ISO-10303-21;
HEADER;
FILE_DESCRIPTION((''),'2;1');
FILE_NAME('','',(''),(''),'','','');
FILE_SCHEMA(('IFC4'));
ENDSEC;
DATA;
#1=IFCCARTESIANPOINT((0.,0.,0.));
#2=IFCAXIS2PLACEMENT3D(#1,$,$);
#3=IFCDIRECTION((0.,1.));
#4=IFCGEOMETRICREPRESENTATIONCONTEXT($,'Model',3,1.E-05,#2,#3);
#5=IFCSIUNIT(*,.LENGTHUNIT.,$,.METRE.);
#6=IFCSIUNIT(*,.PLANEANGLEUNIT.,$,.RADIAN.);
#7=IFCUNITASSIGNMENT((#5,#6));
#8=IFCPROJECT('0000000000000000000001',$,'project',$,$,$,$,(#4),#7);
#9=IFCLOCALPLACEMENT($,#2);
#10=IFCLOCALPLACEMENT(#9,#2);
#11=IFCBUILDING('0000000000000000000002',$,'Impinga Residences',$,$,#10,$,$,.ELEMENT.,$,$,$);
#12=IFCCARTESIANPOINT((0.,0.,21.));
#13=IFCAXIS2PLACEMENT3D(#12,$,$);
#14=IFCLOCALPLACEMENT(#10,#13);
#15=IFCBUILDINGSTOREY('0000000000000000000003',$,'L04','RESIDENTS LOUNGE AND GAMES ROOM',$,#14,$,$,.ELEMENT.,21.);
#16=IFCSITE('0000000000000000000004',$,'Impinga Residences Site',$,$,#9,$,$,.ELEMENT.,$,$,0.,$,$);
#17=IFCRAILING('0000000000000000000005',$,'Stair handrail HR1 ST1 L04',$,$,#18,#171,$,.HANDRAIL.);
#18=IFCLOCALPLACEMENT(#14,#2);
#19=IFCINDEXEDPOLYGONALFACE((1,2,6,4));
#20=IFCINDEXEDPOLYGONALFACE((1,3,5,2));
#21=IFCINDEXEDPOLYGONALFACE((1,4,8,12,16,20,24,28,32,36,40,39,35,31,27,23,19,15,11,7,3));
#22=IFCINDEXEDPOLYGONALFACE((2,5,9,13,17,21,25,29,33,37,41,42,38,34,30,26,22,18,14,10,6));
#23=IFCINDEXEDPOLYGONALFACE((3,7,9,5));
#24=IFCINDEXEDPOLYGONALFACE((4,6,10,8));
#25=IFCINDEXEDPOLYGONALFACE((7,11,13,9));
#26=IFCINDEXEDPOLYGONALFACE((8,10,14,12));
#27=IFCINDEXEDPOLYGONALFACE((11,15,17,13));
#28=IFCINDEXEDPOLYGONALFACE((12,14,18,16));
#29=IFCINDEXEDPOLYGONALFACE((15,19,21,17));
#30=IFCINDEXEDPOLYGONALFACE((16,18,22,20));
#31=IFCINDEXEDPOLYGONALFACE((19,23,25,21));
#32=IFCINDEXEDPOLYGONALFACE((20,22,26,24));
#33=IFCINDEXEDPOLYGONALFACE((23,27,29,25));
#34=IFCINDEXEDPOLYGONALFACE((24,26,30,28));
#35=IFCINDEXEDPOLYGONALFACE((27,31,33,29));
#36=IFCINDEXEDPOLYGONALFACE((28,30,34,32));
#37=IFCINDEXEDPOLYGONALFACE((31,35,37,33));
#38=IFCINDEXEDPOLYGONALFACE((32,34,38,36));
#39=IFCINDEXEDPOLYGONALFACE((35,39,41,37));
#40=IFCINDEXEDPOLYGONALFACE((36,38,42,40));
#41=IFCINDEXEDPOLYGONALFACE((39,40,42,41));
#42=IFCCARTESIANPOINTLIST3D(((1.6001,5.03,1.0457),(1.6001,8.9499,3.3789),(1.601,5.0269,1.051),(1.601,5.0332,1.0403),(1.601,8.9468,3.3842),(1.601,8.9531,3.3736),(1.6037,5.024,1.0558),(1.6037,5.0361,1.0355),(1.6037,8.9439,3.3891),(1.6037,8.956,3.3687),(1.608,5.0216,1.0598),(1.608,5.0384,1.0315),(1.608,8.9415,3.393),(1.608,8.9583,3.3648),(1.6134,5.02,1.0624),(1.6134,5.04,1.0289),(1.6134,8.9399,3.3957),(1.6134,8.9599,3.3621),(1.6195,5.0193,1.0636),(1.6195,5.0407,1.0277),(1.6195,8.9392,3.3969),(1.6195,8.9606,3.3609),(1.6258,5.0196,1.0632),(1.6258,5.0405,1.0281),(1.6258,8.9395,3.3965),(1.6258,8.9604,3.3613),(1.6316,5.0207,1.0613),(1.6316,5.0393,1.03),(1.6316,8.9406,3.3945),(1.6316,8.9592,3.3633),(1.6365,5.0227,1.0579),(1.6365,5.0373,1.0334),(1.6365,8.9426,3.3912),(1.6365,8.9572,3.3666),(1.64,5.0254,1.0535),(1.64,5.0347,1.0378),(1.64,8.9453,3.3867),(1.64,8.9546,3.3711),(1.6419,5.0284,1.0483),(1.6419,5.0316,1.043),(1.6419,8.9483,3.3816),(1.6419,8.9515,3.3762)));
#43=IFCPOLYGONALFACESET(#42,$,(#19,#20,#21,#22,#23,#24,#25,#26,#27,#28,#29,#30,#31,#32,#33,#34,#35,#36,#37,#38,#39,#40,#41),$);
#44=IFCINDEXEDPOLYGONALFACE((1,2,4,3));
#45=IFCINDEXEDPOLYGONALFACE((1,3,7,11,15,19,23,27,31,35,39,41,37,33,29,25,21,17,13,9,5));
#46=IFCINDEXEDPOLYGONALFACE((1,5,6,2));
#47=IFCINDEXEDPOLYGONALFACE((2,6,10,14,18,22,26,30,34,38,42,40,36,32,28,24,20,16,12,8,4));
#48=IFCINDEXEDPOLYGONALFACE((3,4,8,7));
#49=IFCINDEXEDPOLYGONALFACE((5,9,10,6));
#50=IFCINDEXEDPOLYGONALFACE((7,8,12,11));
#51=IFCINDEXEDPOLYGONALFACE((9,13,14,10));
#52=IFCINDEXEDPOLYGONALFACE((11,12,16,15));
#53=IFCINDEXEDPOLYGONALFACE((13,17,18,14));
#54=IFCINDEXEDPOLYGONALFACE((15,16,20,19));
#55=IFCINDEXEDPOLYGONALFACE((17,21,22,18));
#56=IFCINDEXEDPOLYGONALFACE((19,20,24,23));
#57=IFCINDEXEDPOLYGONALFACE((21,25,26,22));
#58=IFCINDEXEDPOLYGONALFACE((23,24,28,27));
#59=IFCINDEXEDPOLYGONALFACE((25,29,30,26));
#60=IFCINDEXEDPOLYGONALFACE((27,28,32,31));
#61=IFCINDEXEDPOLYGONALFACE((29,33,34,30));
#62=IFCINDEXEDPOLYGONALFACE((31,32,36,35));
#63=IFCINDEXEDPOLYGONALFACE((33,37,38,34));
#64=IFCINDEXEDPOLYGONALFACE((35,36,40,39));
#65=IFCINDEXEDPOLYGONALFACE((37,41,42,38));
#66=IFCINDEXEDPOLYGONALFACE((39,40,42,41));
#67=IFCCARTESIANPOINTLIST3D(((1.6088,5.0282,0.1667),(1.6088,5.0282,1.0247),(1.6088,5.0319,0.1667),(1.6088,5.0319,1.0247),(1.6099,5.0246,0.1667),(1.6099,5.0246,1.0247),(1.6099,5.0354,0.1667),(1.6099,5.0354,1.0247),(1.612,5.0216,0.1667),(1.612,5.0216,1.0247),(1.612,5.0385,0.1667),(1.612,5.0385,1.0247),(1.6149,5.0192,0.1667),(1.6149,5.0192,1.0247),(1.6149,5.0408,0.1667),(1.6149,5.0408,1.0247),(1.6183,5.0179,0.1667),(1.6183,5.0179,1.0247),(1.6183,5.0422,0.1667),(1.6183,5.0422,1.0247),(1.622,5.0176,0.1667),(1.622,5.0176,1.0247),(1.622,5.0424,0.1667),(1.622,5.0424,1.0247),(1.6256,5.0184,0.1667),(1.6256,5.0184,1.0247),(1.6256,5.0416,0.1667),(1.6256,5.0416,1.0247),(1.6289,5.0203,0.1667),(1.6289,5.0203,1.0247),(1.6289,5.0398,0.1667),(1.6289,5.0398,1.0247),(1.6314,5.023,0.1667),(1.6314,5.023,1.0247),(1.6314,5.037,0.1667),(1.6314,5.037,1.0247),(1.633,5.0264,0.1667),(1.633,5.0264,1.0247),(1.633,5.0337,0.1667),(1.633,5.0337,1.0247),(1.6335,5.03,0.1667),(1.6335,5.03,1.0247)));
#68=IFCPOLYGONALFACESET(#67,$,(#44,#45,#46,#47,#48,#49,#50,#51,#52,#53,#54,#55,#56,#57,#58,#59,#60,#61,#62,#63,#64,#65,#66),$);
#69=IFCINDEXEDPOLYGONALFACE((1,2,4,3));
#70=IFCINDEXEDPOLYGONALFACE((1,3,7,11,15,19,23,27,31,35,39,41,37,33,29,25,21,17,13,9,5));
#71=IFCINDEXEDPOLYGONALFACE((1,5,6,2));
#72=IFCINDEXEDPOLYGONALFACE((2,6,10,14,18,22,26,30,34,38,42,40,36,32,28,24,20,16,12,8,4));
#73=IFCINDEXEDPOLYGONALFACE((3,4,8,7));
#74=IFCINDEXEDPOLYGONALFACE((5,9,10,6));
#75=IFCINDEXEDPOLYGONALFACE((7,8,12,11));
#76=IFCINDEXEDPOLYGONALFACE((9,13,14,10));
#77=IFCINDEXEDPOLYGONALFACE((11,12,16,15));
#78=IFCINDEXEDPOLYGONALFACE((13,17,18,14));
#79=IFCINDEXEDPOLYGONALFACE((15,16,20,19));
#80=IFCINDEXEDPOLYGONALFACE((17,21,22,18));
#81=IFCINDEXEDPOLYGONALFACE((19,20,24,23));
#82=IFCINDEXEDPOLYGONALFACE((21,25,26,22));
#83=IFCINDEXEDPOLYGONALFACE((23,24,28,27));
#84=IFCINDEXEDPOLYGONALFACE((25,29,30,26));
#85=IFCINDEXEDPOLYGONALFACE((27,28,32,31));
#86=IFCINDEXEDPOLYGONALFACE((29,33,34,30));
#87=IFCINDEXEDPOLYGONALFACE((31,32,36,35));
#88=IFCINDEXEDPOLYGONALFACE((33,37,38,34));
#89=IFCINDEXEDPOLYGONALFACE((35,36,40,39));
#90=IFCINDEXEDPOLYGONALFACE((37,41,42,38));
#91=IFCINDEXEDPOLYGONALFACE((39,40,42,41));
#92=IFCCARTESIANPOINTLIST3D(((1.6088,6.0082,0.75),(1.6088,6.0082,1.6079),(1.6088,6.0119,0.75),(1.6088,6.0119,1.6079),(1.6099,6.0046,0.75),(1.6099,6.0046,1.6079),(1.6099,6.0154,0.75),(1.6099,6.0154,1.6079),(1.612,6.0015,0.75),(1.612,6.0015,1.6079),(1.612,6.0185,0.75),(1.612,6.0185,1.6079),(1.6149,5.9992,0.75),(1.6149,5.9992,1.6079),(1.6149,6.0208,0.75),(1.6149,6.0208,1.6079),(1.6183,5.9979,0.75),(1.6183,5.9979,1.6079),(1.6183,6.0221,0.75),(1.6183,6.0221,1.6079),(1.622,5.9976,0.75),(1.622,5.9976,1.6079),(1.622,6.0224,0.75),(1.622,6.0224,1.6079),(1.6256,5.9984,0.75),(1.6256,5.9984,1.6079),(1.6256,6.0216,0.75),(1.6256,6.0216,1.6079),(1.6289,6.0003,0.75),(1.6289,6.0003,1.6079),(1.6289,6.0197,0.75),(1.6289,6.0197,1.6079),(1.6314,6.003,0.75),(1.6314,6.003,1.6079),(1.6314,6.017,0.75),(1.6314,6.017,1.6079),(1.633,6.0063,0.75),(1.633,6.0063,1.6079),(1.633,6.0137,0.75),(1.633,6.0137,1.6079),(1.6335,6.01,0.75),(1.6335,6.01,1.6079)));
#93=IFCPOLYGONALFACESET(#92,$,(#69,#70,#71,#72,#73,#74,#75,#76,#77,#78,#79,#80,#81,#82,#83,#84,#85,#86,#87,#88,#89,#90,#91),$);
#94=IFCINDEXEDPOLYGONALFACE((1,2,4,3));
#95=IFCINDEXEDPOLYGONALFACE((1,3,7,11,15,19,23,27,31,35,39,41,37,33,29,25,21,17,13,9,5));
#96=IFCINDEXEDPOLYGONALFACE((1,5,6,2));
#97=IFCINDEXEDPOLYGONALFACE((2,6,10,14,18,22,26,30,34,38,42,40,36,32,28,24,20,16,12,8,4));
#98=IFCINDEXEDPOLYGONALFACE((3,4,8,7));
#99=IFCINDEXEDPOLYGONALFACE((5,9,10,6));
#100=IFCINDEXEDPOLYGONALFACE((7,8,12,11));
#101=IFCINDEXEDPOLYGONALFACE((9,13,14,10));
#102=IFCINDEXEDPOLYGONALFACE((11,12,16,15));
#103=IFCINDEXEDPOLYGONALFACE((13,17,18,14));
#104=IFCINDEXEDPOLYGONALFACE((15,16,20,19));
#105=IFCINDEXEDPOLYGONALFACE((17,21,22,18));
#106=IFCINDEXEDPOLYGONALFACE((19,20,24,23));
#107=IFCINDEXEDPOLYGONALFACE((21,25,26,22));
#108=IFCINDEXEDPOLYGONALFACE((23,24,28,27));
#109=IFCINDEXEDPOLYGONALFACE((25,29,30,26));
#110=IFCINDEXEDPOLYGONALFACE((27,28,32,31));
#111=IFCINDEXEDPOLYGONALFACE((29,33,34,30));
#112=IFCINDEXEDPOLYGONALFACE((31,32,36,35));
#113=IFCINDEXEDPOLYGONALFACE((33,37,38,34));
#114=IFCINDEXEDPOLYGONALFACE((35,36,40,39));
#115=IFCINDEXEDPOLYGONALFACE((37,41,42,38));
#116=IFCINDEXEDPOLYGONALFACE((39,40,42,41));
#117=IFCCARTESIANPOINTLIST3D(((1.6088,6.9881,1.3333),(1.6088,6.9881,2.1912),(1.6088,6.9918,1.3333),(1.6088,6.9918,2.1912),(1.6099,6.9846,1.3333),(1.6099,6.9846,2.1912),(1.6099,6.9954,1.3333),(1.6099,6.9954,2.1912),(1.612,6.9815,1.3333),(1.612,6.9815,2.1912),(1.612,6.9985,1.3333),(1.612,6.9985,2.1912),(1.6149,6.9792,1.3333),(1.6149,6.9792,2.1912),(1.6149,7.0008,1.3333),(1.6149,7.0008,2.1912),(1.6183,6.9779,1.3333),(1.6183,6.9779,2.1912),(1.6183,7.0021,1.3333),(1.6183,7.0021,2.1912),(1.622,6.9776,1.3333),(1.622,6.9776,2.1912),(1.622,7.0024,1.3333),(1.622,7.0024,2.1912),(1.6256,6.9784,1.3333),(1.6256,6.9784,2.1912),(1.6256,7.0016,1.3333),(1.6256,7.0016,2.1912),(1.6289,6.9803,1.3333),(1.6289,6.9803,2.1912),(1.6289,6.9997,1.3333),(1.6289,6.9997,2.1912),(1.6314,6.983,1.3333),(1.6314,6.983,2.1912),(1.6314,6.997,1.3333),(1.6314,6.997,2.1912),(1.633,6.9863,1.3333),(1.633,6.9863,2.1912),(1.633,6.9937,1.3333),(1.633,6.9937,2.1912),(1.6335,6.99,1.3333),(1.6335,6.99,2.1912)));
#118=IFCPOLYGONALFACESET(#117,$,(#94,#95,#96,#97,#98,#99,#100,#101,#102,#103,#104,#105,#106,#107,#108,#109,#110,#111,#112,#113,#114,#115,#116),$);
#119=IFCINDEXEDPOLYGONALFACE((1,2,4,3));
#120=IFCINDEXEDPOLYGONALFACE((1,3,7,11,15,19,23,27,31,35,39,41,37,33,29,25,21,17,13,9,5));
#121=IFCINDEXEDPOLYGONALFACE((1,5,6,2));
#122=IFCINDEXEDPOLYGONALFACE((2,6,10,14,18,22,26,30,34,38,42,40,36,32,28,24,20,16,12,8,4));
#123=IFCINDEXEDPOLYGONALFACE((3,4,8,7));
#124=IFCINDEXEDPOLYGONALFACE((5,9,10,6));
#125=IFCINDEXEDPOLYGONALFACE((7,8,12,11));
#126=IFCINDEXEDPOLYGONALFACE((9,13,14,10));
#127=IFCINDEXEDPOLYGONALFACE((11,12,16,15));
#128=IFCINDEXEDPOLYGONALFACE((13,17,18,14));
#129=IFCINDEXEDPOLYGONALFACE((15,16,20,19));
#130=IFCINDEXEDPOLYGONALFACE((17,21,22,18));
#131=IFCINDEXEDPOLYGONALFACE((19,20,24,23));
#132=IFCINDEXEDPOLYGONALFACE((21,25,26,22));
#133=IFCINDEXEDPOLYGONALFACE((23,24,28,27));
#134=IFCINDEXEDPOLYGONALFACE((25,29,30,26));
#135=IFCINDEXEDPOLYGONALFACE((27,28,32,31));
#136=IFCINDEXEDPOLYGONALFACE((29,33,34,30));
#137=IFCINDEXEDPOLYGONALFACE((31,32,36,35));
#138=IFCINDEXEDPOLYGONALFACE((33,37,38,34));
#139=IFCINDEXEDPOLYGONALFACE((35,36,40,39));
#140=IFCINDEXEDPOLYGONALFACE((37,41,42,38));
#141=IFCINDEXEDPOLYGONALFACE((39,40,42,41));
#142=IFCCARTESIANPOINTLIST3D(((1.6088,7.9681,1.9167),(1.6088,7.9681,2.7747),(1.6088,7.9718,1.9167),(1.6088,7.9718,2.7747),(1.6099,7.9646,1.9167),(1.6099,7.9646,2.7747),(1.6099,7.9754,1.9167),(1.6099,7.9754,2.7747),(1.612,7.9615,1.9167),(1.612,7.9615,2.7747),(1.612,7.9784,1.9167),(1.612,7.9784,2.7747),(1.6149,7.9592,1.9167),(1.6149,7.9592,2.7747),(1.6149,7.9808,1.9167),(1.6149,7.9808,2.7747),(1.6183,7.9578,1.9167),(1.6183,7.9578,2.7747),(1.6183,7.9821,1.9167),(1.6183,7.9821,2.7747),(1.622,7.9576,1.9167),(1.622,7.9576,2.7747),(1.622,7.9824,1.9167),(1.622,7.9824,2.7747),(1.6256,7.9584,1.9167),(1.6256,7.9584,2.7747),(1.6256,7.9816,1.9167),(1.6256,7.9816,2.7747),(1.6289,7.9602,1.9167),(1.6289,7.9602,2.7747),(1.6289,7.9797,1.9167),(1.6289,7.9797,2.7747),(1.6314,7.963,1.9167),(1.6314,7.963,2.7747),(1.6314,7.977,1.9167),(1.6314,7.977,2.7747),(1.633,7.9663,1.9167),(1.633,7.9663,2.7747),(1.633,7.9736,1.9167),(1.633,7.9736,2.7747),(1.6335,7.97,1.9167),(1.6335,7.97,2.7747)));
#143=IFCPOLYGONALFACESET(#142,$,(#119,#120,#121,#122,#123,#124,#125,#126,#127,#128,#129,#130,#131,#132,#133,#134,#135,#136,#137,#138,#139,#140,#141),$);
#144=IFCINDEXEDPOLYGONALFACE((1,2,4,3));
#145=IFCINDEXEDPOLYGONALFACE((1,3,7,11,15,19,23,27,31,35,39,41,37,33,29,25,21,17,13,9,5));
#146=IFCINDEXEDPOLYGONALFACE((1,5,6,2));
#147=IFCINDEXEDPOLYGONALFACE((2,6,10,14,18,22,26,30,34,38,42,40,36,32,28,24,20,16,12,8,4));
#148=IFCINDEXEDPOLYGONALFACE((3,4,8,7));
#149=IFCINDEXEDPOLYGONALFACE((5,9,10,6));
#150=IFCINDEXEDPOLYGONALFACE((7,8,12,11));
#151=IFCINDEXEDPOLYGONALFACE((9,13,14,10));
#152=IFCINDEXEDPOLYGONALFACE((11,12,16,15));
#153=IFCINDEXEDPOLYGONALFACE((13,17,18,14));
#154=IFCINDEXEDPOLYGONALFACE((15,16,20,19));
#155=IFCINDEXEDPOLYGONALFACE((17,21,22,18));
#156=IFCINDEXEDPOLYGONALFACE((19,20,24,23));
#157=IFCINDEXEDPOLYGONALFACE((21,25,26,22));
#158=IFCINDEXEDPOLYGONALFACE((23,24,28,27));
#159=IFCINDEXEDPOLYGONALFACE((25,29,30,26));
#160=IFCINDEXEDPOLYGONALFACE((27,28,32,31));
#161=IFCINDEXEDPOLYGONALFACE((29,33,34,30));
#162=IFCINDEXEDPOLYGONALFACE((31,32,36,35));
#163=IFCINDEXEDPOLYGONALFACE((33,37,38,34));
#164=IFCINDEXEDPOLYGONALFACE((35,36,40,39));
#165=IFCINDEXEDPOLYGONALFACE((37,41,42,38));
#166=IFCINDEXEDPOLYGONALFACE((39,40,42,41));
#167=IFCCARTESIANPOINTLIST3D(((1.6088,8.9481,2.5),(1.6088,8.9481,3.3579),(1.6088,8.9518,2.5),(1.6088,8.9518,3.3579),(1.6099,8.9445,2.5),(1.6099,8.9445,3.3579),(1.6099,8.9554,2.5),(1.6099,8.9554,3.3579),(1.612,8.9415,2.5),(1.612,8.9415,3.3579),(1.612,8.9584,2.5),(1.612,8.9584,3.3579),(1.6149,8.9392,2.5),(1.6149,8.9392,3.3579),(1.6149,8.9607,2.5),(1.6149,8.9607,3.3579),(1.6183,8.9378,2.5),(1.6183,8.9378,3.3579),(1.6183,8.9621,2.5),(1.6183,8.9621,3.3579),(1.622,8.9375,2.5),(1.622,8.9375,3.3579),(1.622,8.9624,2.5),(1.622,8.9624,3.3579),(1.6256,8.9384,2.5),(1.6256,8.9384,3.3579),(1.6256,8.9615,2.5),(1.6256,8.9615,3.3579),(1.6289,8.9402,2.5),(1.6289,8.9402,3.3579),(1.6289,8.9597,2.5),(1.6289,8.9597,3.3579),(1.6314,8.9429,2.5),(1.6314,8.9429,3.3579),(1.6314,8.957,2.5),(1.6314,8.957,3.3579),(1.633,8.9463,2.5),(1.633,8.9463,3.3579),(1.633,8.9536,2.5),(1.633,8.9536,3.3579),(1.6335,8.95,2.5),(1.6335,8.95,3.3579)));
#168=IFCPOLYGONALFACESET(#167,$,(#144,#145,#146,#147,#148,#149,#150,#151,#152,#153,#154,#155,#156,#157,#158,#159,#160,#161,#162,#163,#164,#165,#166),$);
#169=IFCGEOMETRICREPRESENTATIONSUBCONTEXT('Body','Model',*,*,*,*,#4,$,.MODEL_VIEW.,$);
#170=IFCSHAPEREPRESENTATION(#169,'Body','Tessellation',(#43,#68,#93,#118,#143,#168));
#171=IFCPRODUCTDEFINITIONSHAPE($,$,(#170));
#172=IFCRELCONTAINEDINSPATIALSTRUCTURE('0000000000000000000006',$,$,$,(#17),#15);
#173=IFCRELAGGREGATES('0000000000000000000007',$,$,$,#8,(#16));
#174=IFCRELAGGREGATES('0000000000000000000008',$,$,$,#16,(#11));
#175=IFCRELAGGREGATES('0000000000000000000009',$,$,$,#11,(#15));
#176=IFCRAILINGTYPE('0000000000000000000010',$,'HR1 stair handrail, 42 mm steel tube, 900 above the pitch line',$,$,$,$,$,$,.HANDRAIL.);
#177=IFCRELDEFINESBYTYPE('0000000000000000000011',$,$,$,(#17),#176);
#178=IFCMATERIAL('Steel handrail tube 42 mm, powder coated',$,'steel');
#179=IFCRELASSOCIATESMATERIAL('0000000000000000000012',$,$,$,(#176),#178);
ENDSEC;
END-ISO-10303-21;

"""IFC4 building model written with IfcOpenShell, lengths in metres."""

from ifc_helpers import new_model, si_unit, direction, frame, origin, origin_2d, place, context, subcontext, project, spatial, circle, extrude, material, type_object, element, save


model = new_model("IFC4")

# Units and contexts
model_context = context("Model", 3, precision=1e-05, world=origin(), true_north=direction((0.0, 1.0)))
body_context = subcontext(model_context, "Body", "Model", "MODEL_VIEW")
ifc_project = project(units=[si_unit("LENGTHUNIT", "METRE"), si_unit("PLANEANGLEUNIT", "RADIAN")], contexts=[model_context])

# Site, building, storey
site_placement = place(None, origin())
site = spatial("IfcSite", under=ifc_project, at=site_placement, Name="Impinga Residences Site", CompositionType="ELEMENT", RefElevation=0.0)
building_placement = place(site_placement, origin())
building = spatial("IfcBuilding", under=site, at=building_placement, Name="Impinga Residences", CompositionType="ELEMENT")
storey_placement = place(building_placement, frame((0.0, 0.0, 21.0)))
storey = spatial("IfcBuildingStorey", under=building, at=storey_placement, Name="L04", Description="RESIDENTS LOUNGE AND GAMES ROOM", CompositionType="ELEMENT", Elevation=21.0)

# Railing
ifc_material_1 = material(Name="Steel handrail tube 42 mm, powder coated", Category="steel")
railing_type = type_object("IfcRailingType", Name="HR1 stair handrail, 42 mm steel tube, 900 above the pitch line", PredefinedType="HANDRAIL", material=ifc_material_1)
railing_placement = place(storey_placement, frame((1.6211, 5.03, 0.1667)))
element("IfcRailing", 1, at=railing_placement, inside=storey, type_object=railing_type, Name="Stair handrail HR1 ST1 L04", PredefinedType="HANDRAIL", context=body_context, shape_type="SweptSolid", body=[
    extrude(circle(Radius=0.021, at=origin_2d()), frame((0.0, 0.0, 0.8789), z_axis=(0.0, 0.859296, 0.511478), x_axis=(-1.0, 0.0, 0.0)), (0.0, 0.0, 1.0), 4.5618),
    extrude(circle(Radius=0.0125, at=origin_2d()), origin(), (0.0, 0.0, 1.0), 0.8579),
    extrude(circle(Radius=0.0125, at=origin_2d()), frame((0.0, 0.98, 0.5833)), (0.0, 0.0, 1.0), 0.8579),
    extrude(circle(Radius=0.0125, at=origin_2d()), frame((0.0, 1.96, 1.1665)), (0.0, 0.0, 1.0), 0.8579),
    extrude(circle(Radius=0.0125, at=origin_2d()), frame((0.0, 2.9399, 1.75)), (0.0, 0.0, 1.0), 0.8579),
    extrude(circle(Radius=0.0125, at=origin_2d()), frame((0.0, 3.9199, 2.3333)), (0.0, 0.0, 1.0), 0.8579),
])

save(model, "model.ifc")
